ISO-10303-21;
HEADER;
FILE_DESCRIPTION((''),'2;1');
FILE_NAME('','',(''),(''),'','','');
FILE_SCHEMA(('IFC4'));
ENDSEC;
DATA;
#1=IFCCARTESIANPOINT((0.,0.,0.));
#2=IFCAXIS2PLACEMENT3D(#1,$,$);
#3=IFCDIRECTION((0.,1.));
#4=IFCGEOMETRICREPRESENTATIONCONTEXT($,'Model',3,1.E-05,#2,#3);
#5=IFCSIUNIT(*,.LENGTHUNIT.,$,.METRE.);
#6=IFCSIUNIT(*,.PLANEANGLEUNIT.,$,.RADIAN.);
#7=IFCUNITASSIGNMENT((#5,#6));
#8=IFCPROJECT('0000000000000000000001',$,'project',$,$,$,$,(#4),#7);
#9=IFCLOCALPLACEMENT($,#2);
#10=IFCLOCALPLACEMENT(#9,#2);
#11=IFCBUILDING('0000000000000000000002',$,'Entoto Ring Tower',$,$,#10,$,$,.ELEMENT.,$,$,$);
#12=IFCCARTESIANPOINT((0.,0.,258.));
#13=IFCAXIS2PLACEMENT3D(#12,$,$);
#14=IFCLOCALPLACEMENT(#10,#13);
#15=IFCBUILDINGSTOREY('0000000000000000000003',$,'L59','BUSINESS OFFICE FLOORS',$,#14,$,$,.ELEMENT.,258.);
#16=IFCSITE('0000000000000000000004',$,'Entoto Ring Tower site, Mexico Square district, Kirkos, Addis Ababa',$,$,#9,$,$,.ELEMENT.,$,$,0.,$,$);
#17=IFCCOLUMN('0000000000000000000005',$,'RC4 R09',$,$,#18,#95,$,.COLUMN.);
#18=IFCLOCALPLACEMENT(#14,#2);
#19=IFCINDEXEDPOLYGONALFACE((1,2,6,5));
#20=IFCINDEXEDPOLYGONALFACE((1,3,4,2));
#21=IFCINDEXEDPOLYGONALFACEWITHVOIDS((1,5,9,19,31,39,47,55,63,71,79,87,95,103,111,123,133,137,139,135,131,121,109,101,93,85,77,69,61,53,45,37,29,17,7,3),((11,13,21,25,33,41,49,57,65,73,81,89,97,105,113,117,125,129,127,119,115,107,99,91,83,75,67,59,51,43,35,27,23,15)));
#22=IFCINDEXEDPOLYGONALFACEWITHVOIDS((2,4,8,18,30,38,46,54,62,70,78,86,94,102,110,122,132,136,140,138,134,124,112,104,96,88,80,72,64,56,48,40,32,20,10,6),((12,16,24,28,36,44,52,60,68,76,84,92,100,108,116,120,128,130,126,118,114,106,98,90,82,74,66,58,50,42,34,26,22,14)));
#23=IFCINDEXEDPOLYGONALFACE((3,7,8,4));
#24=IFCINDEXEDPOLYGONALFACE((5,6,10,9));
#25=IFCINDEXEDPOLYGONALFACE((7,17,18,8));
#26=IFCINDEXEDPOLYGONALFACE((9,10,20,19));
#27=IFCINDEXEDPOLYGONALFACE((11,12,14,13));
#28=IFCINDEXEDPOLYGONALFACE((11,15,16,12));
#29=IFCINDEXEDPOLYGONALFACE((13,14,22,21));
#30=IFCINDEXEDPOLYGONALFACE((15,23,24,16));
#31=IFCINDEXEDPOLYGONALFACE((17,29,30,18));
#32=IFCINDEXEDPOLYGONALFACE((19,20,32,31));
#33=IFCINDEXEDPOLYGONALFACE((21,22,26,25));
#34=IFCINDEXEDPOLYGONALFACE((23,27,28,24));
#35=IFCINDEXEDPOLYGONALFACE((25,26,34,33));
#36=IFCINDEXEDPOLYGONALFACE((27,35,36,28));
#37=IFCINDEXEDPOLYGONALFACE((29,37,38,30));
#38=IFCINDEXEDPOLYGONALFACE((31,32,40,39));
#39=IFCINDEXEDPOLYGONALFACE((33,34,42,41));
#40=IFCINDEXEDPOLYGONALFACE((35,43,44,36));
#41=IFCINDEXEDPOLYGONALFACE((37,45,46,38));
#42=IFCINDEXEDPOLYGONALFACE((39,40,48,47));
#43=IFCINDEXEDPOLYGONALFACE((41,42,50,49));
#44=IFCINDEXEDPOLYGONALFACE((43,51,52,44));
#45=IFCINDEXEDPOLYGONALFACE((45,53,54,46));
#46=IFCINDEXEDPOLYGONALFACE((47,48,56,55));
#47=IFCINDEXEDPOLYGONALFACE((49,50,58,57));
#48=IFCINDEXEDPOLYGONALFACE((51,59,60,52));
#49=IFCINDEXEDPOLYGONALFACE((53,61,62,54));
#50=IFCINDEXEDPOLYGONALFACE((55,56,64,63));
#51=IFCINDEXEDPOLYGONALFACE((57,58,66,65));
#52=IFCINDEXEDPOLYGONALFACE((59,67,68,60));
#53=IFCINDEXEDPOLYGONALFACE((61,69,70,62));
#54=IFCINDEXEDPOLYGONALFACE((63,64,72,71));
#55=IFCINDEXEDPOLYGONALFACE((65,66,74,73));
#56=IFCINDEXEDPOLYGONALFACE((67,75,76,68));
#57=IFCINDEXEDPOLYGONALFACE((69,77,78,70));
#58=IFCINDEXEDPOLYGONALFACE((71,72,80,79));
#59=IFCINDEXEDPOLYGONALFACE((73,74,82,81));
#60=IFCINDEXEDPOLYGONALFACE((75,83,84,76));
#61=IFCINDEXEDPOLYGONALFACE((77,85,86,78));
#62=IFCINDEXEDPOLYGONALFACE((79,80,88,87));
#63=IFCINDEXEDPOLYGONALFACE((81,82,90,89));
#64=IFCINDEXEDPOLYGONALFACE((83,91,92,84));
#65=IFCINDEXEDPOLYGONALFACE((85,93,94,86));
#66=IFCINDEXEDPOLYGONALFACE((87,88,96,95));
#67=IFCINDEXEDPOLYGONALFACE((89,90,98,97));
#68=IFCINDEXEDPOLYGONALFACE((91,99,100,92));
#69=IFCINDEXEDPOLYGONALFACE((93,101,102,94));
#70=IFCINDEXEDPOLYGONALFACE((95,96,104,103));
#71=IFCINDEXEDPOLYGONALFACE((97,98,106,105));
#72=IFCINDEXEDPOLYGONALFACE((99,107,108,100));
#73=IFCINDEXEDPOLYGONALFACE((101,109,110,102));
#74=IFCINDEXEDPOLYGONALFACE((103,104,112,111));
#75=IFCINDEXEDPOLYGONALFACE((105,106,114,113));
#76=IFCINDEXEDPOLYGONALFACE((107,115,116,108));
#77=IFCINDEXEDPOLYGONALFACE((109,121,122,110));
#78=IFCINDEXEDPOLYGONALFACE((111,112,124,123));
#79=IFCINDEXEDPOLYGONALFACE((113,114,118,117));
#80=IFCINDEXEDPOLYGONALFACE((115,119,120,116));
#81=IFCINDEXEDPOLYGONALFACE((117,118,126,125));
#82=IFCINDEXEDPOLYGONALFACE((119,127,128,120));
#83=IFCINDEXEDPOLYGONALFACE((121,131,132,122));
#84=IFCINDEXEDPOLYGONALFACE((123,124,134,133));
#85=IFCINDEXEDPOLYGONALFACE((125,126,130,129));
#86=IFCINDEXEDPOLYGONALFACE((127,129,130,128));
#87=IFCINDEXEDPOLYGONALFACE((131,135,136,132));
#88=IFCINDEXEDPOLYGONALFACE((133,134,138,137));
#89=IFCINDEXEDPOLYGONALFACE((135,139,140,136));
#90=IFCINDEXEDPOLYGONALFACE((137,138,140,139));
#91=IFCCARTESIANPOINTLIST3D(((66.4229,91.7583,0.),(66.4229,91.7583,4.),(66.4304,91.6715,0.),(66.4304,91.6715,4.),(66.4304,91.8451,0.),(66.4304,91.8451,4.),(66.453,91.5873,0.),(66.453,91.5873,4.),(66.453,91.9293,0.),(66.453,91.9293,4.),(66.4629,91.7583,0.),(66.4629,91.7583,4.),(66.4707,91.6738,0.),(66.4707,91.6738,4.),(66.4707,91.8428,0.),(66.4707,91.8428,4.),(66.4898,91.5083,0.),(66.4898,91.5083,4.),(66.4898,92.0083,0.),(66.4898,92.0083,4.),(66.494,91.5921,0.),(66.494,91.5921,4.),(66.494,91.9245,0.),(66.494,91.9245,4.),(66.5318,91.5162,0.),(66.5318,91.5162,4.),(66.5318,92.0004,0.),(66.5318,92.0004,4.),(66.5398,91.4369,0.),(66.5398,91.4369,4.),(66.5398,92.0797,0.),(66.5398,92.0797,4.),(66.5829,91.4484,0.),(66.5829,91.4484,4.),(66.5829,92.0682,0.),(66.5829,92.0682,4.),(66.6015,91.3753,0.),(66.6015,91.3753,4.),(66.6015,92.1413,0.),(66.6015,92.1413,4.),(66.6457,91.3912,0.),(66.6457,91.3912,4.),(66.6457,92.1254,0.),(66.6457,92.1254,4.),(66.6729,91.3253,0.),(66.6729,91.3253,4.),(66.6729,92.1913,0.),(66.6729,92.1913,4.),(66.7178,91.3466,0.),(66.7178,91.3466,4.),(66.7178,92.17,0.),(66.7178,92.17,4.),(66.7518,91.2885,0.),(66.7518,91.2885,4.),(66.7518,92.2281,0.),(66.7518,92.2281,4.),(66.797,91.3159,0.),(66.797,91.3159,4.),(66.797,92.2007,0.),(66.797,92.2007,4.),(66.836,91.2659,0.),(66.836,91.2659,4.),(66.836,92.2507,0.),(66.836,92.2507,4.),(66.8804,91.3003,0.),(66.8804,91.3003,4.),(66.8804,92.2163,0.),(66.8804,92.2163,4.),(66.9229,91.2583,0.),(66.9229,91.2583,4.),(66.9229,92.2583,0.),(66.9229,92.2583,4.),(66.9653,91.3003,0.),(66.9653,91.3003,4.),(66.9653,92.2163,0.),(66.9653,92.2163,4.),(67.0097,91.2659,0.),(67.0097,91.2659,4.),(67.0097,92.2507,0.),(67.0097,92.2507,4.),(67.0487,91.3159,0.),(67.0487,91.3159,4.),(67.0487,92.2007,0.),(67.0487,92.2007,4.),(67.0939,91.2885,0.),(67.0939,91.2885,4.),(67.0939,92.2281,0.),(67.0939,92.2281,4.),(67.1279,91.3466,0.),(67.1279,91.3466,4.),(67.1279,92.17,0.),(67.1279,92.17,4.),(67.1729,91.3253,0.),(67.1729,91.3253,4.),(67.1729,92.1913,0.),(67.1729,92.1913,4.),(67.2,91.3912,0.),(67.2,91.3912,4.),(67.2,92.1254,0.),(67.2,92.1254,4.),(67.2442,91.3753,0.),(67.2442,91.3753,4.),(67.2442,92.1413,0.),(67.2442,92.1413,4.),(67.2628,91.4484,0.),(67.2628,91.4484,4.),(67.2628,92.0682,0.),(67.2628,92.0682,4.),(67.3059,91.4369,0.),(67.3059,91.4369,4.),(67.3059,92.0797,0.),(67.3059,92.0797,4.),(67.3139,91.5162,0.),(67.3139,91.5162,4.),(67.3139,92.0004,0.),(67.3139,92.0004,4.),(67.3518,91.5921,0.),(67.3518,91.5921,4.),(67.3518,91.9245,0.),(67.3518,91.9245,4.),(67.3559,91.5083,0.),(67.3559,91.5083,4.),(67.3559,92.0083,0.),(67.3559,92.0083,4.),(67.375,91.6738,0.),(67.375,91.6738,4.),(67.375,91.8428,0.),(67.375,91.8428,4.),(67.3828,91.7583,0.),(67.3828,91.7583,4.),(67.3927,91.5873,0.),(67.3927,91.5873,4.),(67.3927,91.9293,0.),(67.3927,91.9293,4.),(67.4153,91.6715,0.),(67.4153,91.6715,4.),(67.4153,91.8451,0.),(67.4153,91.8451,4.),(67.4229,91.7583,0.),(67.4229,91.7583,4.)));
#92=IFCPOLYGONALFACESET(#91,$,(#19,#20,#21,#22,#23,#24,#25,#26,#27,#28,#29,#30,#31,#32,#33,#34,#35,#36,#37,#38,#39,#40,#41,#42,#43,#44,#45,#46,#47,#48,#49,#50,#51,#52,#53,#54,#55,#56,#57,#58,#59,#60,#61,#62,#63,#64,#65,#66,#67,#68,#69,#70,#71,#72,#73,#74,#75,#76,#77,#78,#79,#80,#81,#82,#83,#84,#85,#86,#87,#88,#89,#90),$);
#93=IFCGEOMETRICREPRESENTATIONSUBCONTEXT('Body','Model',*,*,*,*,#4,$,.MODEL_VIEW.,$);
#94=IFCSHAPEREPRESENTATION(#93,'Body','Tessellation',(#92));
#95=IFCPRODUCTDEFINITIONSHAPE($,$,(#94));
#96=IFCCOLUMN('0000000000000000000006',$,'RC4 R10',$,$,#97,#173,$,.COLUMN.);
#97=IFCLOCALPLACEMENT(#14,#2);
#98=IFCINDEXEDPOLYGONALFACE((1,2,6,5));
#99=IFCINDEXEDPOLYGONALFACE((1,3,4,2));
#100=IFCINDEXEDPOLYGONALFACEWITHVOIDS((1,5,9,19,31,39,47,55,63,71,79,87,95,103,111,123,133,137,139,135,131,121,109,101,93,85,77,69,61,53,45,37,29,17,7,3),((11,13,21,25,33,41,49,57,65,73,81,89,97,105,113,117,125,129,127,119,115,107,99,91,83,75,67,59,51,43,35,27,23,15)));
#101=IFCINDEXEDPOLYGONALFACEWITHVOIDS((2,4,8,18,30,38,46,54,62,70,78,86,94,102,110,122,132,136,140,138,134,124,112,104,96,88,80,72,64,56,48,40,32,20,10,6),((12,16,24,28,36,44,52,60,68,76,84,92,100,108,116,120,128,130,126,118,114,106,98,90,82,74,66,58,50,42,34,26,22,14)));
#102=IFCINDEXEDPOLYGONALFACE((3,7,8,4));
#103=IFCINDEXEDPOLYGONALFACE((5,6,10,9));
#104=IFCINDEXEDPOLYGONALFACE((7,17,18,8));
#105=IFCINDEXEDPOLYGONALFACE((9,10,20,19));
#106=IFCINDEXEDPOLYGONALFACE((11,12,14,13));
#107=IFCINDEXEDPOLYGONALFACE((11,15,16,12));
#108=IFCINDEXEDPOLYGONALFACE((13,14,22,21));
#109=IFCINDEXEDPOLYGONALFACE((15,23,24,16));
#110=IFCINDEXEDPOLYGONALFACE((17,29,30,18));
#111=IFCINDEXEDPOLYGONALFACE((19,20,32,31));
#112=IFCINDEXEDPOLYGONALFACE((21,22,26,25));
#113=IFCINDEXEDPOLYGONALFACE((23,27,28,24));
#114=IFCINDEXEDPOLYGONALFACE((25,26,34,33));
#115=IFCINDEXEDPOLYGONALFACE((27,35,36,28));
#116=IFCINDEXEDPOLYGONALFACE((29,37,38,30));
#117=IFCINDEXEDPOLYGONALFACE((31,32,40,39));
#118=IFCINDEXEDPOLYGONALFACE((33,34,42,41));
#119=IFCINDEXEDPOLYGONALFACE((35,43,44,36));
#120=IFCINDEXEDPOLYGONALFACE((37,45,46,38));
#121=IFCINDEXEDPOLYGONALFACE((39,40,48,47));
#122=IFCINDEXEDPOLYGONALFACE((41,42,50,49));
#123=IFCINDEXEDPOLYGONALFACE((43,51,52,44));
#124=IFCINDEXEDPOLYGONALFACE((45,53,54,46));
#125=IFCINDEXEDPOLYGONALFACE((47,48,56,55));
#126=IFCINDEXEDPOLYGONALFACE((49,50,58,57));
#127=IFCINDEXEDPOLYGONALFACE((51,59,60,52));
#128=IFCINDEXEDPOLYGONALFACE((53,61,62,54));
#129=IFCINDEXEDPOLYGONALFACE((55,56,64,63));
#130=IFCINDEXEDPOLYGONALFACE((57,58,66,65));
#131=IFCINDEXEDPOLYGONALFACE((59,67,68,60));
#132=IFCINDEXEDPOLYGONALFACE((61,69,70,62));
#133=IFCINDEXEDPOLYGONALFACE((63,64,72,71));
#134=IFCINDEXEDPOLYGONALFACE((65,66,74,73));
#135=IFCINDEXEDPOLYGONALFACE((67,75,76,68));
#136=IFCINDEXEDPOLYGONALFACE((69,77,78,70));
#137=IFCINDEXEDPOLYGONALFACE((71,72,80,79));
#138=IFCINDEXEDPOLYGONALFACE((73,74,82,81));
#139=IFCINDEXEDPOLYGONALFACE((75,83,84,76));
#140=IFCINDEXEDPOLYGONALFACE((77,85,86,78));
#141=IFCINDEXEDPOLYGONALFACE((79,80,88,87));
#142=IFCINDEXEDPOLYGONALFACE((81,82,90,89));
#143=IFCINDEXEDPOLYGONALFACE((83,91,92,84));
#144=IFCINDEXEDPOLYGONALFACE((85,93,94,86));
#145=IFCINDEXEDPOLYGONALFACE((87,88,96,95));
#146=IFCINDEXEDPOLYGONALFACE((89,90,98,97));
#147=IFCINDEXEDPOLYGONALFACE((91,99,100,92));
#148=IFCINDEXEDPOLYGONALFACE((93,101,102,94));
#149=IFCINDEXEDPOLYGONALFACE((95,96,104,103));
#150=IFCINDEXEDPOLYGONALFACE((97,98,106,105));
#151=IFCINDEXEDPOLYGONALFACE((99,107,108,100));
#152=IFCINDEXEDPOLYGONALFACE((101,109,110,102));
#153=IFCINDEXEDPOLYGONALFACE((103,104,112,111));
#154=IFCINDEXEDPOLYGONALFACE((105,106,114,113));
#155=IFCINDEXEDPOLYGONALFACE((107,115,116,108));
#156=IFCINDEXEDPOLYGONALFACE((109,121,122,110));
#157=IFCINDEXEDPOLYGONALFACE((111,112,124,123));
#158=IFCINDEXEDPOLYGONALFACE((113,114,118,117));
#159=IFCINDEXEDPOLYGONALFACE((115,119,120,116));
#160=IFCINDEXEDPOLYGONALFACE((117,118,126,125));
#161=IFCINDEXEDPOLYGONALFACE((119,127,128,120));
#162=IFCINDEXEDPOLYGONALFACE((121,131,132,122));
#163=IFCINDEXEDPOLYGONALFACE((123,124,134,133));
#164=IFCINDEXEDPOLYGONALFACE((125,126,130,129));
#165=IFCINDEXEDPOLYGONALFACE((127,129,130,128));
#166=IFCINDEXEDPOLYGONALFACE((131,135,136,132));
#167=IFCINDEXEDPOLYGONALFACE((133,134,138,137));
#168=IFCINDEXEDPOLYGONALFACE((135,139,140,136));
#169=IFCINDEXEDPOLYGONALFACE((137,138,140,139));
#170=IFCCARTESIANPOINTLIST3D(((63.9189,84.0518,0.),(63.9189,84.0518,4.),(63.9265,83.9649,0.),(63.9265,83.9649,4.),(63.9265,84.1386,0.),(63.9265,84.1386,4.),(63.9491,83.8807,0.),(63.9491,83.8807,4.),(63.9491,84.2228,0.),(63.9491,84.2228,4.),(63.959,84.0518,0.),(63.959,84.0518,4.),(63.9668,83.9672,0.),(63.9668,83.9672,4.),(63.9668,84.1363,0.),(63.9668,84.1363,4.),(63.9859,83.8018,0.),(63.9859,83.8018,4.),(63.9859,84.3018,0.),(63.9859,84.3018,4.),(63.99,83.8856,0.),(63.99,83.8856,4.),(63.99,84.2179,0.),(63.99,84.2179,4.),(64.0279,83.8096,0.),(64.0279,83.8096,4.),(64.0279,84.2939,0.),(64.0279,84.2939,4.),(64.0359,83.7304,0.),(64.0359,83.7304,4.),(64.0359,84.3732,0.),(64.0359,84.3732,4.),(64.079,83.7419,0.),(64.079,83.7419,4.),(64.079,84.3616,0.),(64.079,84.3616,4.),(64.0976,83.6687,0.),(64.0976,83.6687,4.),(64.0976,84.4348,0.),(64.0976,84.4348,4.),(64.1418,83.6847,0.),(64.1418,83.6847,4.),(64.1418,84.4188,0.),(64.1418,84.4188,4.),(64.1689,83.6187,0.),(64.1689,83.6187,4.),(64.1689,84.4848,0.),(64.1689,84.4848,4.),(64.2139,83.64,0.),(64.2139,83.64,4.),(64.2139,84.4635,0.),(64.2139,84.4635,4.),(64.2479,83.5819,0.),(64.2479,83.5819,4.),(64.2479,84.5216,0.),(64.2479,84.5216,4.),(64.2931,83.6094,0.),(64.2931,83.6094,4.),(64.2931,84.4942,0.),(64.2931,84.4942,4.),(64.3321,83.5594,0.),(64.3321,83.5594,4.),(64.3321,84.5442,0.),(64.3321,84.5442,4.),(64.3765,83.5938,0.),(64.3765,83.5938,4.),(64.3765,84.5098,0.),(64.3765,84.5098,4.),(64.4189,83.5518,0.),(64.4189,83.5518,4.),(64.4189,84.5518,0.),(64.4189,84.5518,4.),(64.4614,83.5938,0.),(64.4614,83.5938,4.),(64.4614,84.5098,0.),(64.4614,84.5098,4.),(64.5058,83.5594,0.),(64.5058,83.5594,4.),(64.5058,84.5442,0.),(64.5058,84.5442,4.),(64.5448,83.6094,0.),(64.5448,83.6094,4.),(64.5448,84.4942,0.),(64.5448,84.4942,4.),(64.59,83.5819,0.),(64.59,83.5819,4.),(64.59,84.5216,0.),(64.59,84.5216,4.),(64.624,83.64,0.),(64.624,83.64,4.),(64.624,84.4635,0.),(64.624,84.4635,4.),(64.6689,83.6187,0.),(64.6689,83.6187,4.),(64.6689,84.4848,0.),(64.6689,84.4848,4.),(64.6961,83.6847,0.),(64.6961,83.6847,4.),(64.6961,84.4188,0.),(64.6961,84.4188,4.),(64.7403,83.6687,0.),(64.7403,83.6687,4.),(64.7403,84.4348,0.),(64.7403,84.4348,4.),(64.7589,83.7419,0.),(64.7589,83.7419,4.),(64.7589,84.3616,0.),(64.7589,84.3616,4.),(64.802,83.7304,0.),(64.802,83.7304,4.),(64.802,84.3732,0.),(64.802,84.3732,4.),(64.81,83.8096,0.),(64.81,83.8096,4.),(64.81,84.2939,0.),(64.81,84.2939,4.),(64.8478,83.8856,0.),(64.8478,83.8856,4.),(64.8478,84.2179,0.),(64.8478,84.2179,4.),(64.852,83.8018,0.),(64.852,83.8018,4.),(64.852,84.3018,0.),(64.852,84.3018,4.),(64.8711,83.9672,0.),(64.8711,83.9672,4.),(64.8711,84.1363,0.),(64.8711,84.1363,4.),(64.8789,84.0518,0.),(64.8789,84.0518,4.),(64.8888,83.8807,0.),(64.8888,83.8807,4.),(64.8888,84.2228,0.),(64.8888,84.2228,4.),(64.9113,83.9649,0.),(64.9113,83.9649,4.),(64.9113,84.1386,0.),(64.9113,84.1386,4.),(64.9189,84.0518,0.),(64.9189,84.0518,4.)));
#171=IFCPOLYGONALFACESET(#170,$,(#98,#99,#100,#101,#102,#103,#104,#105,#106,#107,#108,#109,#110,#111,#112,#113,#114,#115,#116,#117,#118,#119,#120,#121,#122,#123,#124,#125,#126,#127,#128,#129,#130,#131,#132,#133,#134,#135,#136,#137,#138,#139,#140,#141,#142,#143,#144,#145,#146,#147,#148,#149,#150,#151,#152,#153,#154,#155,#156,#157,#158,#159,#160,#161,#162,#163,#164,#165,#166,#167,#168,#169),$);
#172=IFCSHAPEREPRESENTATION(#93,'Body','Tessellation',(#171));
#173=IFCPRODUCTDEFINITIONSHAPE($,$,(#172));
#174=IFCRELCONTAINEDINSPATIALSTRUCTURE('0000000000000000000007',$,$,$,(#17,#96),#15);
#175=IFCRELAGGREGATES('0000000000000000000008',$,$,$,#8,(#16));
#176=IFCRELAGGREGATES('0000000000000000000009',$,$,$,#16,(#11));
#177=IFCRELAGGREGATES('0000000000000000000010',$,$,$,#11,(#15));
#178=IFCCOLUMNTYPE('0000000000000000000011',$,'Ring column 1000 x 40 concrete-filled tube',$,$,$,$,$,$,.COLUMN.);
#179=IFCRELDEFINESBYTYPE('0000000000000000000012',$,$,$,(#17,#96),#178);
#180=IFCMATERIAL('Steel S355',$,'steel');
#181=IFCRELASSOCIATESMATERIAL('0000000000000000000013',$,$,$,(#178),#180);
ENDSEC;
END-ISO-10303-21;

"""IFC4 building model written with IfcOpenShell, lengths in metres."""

from ifc_helpers import new_model, si_unit, direction, frame, origin, origin_2d, place, context, subcontext, project, spatial, circle, hollow_circle, extrude, material, material_profile, profile_set, type_object, element, save


model = new_model("IFC4")

# Units and contexts
model_context = context("Model", 3, precision=1e-05, world=origin(), true_north=direction((0.0, 1.0)))
body_context = subcontext(model_context, "Body", "Model", "MODEL_VIEW")
ifc_project = project(units=[si_unit("LENGTHUNIT", "METRE"), si_unit("PLANEANGLEUNIT", "RADIAN")], contexts=[model_context])

# Site, building, storey
site_placement = place(None, origin())
site = spatial("IfcSite", under=ifc_project, at=site_placement, Name="Entoto Ring Tower site, Mexico Square district, Kirkos, Addis Ababa", CompositionType="ELEMENT", RefElevation=0.0)
building_placement = place(site_placement, origin())
building = spatial("IfcBuilding", under=site, at=building_placement, Name="Entoto Ring Tower", CompositionType="ELEMENT")
storey_placement = place(building_placement, frame((0.0, 0.0, 258.0)))
storey = spatial("IfcBuildingStorey", under=building, at=storey_placement, Name="L59", Description="BUSINESS OFFICE FLOORS", CompositionType="ELEMENT", Elevation=258.0)

# Columns
ifc_material_1 = material(Name="Steel S355", Category="steel")
ifc_material_profile_1 = material_profile(ifc_material_1, hollow_circle(Radius=0.5, WallThickness=0.04, at=origin_2d()), Name="CHS 1000 x 40")
ifc_material_2 = material(Name="Concrete C60/75", Category="concrete")
ifc_material_profile_2 = material_profile(ifc_material_2, circle(Radius=0.46, at=origin_2d()), Name="Concrete C60/75 infill")
ifc_profile_set_1 = profile_set([ifc_material_profile_1, ifc_material_profile_2], Name="Steel S355")
column_type = type_object("IfcColumnType", Name="Ring column 1000 x 40 concrete-filled tube", PredefinedType="COLUMN", material=ifc_profile_set_1)
for number, where, z_axis, x_axis, name in (
    (1, (66.9229, 91.7583, 0.0), (0.0, 0.0, 1.0), (1.0, 0.0, 0.0), "RC4 R09"),
    (2, (64.4189, 84.0518, 0.0), (0.0, 0.0, 1.0), (1.0, 0.0, 0.0), "RC4 R10"),
):
    element("IfcColumn", number, at=place(storey_placement, frame(where, z_axis=z_axis, x_axis=x_axis)), inside=storey, type_object=column_type, Name=name, PredefinedType="COLUMN", context=body_context, shape_type="SweptSolid", body=[
        extrude(hollow_circle(Radius=0.5, WallThickness=0.04, at=origin_2d()), origin(), (0.0, 0.0, 1.0), 4.0),
    ])

save(model, "model.ifc")
